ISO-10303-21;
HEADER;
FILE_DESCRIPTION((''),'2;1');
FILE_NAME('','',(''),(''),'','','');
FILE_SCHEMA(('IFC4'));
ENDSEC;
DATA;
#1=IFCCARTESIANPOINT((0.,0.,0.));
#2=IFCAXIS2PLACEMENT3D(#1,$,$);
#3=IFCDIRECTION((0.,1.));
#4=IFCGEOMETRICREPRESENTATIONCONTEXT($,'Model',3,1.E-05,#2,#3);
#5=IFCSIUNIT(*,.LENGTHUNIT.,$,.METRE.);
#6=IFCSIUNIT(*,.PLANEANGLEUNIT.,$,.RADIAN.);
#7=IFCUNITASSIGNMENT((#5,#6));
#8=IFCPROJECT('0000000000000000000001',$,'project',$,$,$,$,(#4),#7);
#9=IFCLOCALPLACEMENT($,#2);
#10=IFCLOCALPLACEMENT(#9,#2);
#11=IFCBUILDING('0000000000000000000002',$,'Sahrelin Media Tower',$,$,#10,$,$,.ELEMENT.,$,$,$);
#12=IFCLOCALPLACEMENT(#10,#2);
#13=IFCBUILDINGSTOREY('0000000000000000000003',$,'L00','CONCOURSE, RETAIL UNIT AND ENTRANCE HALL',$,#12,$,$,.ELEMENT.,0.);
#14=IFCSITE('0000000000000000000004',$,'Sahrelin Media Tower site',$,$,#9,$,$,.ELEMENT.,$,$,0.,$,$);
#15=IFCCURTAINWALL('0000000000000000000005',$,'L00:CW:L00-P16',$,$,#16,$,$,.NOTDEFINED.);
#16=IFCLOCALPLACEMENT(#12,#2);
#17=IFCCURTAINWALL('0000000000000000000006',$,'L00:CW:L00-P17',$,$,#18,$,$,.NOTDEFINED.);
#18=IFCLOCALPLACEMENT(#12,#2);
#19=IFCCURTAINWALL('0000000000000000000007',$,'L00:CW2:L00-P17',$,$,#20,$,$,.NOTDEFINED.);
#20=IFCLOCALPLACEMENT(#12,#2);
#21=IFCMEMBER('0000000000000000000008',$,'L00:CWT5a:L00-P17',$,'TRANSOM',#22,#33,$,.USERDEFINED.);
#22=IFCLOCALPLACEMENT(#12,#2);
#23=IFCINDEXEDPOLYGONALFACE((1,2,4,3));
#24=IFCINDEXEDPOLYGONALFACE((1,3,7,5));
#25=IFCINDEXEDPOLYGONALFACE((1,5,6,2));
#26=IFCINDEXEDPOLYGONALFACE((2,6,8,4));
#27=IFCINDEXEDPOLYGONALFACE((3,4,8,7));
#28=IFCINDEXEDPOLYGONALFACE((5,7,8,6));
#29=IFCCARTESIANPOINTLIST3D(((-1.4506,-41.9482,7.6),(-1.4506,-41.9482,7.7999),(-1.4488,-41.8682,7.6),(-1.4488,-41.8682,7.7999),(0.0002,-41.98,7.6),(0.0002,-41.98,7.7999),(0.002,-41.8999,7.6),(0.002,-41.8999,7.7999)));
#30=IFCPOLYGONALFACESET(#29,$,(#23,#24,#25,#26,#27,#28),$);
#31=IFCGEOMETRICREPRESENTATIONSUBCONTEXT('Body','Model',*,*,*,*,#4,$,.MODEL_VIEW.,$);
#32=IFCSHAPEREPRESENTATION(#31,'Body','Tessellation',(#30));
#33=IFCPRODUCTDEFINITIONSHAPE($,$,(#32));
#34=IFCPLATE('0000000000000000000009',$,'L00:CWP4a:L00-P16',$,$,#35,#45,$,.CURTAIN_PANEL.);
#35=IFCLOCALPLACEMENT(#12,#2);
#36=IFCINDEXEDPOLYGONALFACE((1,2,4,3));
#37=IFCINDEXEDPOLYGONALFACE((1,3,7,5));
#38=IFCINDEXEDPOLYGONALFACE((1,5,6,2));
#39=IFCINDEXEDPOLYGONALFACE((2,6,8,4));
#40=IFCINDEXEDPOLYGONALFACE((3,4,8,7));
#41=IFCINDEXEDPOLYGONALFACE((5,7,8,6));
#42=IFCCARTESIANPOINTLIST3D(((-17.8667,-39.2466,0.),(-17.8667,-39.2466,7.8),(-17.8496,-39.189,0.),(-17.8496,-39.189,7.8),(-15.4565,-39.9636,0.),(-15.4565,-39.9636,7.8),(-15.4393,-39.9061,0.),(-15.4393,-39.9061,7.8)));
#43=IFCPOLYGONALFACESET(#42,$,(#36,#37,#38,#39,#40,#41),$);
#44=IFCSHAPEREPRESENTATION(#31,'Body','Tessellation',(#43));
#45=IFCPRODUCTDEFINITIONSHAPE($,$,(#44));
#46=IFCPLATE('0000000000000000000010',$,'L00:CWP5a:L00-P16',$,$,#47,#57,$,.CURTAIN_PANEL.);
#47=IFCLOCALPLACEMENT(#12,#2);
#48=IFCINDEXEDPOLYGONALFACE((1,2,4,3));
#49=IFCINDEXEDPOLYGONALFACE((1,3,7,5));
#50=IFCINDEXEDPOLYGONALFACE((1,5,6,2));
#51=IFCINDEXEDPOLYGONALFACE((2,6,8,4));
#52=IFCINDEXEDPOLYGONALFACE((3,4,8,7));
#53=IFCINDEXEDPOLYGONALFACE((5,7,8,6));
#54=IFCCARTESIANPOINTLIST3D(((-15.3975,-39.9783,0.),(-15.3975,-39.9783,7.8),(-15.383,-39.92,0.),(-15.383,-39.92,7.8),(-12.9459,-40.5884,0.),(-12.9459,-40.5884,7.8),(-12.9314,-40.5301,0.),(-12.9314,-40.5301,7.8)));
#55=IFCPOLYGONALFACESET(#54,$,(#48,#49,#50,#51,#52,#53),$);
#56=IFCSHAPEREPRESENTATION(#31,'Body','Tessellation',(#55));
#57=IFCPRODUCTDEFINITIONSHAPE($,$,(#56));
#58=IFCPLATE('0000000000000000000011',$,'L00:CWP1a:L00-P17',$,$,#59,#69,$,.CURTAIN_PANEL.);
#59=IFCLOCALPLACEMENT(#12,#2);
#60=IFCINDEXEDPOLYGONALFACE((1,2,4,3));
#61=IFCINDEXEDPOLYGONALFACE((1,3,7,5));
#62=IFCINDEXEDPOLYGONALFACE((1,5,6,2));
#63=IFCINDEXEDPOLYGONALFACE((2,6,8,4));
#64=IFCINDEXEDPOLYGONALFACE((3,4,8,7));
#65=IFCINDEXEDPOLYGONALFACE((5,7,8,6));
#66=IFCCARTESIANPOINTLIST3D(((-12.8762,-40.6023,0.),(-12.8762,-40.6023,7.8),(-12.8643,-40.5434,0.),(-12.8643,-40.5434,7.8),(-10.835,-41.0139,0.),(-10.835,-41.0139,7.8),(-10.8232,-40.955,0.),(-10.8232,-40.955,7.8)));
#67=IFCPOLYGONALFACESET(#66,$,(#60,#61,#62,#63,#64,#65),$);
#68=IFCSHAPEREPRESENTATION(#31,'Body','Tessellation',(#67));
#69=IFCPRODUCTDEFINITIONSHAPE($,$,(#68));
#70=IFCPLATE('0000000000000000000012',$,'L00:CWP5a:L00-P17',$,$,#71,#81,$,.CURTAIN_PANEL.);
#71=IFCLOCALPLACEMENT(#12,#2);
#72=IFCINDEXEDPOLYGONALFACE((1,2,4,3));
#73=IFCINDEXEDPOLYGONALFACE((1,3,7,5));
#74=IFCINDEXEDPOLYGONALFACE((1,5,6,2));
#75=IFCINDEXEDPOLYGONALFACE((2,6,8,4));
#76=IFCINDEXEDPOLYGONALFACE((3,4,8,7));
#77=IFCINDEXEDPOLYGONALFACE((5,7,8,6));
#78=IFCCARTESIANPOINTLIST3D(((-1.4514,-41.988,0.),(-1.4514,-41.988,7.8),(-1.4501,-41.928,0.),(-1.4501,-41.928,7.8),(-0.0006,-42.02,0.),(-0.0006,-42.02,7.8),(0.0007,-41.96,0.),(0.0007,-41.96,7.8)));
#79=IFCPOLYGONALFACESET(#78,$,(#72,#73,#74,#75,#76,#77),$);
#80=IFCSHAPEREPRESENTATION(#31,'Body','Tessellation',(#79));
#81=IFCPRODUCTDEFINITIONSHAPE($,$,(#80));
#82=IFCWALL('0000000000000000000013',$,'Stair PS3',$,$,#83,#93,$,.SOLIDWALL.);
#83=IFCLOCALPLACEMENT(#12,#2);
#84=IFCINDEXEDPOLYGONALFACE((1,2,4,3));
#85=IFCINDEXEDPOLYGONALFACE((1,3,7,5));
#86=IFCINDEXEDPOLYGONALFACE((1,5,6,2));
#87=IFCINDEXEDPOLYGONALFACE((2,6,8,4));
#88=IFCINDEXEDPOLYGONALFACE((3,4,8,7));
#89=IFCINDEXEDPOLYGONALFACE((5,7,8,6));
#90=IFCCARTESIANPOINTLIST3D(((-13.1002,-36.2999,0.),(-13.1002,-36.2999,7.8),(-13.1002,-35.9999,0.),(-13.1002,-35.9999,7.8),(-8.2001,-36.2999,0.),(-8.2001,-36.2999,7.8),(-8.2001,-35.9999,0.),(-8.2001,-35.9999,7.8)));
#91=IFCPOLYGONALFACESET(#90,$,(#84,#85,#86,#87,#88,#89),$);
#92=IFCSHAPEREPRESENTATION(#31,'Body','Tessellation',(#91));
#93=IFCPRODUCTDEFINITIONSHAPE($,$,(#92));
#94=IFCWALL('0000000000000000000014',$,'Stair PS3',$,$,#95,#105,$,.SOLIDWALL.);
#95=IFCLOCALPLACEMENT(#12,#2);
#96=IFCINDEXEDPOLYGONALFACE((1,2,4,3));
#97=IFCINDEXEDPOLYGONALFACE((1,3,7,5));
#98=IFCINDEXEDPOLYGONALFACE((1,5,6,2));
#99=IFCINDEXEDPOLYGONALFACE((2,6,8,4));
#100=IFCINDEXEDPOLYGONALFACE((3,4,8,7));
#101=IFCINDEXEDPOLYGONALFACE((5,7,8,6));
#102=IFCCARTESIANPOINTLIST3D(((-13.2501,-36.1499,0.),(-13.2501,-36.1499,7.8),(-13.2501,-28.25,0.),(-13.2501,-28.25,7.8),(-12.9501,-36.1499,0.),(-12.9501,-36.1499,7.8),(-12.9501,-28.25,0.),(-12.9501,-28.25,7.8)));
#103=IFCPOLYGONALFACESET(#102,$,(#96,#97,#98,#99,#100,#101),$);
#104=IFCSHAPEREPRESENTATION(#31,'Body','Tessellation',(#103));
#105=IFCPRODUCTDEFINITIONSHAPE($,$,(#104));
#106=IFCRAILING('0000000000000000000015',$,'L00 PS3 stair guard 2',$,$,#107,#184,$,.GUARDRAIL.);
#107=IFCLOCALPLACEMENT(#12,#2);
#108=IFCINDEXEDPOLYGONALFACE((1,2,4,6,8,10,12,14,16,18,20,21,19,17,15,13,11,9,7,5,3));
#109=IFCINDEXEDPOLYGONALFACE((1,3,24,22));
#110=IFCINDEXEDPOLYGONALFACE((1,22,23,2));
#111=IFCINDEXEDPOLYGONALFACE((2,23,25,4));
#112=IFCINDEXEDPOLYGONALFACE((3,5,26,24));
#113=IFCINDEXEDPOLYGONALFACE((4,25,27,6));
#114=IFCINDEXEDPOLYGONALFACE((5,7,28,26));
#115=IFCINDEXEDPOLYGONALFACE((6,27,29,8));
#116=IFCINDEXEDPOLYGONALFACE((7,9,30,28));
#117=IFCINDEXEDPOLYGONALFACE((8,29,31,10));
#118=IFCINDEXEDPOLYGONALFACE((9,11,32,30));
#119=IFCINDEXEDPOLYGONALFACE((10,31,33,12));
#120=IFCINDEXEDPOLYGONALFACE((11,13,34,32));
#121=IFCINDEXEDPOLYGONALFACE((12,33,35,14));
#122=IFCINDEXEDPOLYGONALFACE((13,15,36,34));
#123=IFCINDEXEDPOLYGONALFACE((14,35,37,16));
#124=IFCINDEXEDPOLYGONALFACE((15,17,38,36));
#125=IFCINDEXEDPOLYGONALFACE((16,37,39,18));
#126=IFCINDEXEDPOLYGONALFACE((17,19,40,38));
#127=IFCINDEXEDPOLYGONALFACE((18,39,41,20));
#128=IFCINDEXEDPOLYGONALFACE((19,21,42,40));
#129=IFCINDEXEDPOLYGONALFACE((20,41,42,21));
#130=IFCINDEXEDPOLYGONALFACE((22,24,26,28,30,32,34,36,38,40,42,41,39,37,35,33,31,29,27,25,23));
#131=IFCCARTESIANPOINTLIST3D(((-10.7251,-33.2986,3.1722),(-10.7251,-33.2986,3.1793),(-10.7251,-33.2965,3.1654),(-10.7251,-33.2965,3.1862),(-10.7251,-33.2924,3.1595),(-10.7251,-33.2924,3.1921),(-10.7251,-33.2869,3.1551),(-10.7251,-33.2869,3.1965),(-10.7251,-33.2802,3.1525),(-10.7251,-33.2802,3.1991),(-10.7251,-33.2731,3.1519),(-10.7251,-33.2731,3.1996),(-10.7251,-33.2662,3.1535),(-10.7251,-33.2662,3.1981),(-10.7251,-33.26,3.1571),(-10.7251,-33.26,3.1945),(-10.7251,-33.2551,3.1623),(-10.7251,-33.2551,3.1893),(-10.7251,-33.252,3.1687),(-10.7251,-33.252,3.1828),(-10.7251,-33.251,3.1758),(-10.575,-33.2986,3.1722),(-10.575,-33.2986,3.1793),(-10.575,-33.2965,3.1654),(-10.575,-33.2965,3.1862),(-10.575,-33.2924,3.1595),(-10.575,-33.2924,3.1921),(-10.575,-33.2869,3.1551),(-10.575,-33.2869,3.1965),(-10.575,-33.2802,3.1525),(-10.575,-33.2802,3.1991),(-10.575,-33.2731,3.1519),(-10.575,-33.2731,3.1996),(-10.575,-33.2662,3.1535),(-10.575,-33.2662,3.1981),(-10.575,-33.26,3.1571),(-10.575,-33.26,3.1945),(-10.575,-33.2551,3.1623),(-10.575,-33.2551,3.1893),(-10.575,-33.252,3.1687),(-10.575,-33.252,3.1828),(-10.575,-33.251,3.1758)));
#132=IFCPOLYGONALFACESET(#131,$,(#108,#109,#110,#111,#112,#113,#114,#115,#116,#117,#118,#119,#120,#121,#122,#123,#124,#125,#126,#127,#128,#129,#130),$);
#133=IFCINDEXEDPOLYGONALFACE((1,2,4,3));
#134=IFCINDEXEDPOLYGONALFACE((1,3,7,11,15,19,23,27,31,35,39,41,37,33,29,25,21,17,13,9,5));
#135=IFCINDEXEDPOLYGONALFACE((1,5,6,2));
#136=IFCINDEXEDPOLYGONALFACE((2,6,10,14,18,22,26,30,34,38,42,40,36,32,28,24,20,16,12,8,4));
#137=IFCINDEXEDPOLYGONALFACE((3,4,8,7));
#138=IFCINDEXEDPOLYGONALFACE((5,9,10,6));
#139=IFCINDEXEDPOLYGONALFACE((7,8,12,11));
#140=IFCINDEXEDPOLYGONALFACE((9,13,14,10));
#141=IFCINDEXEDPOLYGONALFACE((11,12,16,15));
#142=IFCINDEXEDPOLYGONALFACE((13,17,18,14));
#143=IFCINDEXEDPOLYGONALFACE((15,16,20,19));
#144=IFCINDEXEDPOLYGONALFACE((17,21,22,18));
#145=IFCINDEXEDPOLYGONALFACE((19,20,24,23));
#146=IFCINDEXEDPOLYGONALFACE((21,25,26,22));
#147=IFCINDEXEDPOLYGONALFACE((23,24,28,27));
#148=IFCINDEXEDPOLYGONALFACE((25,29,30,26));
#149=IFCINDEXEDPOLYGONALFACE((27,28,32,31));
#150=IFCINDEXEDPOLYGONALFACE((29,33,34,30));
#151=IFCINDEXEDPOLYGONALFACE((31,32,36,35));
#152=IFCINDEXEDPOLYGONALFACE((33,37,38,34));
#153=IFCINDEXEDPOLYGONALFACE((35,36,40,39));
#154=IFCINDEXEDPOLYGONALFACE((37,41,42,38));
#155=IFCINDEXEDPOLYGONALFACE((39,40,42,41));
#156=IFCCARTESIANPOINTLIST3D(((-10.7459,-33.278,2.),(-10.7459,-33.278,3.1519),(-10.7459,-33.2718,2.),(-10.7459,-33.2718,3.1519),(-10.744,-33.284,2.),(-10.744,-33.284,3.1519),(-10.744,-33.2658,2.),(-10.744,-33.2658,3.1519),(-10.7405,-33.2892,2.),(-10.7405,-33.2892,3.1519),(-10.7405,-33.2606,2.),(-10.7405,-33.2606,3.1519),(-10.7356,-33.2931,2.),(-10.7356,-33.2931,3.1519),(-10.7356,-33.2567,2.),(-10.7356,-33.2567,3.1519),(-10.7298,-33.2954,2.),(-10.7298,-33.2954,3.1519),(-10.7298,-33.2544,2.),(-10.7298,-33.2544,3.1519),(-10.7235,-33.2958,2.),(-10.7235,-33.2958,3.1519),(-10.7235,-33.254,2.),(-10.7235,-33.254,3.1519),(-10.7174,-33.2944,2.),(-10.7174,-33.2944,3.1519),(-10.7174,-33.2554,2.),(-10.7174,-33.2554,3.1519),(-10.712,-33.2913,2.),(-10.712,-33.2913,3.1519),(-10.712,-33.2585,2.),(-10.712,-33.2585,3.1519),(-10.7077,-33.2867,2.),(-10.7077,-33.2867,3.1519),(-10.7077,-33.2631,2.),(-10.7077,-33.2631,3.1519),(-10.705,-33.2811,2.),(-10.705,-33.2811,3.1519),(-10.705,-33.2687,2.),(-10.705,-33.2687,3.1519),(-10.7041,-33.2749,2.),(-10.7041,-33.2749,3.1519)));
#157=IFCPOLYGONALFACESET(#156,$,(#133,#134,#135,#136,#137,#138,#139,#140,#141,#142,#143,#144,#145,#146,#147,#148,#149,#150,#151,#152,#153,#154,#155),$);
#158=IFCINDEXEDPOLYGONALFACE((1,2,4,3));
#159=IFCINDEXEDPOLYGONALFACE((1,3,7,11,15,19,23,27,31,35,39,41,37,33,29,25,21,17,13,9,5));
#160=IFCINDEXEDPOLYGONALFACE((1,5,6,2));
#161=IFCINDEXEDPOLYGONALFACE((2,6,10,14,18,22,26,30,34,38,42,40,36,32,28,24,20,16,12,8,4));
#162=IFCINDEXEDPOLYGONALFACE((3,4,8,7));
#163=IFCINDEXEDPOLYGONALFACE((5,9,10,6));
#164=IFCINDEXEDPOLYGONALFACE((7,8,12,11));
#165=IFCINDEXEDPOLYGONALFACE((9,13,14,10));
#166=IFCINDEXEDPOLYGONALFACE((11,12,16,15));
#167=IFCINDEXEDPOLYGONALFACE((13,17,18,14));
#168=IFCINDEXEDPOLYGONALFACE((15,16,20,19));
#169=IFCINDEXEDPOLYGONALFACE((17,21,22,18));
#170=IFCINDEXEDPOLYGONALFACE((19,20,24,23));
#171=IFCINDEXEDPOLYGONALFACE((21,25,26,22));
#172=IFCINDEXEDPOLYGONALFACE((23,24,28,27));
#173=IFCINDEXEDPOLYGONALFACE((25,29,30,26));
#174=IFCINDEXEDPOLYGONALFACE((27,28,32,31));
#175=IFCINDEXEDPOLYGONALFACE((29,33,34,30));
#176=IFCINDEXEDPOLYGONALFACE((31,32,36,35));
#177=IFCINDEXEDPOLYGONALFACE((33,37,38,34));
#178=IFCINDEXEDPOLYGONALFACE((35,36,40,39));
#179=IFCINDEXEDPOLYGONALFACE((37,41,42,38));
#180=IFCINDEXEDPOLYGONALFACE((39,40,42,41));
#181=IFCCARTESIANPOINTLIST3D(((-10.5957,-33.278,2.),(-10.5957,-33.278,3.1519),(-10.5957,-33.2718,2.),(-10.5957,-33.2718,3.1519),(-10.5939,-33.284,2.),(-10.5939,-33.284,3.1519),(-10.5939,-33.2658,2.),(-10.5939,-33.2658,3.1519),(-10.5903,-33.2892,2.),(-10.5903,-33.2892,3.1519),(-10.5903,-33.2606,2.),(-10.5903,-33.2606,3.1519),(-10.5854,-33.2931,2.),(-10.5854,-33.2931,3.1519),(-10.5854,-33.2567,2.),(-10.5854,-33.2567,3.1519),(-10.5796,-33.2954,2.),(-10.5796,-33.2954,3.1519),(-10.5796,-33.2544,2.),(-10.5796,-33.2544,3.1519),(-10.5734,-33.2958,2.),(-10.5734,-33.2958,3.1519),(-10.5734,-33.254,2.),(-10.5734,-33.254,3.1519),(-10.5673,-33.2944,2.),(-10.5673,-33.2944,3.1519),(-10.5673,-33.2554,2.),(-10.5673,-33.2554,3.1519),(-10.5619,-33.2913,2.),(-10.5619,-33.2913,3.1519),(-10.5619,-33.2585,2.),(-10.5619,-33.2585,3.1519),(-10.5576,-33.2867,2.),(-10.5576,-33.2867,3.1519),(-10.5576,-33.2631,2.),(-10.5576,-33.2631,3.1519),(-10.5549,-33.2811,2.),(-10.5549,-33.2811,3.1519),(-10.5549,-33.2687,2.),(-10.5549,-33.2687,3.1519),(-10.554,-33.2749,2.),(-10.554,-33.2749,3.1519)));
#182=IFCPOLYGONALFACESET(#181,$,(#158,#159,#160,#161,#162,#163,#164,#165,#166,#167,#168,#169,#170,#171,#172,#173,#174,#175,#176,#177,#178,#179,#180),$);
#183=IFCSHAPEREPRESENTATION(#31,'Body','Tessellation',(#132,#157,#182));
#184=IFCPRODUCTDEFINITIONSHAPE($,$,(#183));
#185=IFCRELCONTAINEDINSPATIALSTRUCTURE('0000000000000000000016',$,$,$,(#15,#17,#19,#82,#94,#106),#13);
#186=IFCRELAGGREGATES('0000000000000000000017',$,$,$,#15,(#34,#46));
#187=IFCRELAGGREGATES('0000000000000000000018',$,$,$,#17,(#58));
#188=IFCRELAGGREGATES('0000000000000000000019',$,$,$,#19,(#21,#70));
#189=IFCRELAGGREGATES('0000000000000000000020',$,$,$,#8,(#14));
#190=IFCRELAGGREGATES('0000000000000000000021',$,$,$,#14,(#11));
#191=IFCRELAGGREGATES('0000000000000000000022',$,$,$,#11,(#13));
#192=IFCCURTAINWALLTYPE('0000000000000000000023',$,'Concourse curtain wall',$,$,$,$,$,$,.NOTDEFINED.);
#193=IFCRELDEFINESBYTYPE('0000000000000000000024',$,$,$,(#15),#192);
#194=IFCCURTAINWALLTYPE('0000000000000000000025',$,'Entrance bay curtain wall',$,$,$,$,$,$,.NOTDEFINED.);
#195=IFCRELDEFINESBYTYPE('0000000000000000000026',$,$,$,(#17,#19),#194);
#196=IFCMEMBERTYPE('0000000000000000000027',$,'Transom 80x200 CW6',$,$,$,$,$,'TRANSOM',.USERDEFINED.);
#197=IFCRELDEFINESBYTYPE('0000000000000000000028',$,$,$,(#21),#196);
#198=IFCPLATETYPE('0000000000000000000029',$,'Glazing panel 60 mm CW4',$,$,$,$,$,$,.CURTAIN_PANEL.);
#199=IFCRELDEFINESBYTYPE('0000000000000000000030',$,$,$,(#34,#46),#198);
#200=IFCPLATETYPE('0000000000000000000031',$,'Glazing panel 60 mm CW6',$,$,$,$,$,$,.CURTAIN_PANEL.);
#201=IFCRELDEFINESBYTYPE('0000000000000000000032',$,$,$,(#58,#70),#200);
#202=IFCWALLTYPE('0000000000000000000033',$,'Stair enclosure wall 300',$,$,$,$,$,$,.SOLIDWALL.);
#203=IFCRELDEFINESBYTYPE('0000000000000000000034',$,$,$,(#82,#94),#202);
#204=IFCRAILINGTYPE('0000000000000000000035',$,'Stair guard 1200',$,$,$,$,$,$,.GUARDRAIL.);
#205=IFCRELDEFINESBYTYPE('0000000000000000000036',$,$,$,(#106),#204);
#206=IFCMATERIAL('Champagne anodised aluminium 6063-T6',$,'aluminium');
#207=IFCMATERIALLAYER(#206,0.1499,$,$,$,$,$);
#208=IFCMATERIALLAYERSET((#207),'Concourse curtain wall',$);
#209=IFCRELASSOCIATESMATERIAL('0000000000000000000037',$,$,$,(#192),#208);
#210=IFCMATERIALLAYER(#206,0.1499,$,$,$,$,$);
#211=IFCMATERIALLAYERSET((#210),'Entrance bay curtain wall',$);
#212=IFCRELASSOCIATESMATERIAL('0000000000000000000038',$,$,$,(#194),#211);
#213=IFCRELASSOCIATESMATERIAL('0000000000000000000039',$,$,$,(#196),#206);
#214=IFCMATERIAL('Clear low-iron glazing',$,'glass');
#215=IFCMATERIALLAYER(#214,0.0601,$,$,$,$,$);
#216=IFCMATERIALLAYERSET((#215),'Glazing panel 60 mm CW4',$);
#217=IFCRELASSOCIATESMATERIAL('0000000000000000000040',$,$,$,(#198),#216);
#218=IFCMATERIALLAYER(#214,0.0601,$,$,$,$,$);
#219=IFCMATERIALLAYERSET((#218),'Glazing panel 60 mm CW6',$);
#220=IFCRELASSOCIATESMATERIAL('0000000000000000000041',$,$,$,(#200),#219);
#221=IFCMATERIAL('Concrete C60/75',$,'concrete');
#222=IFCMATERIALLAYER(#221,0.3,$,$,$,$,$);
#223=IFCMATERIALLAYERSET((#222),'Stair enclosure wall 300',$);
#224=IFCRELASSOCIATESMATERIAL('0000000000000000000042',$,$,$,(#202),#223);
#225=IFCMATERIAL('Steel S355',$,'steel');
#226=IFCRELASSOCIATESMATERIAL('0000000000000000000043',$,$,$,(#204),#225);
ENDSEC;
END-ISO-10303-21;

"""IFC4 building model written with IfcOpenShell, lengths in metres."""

from ifc_helpers import new_model, si_unit, direction, frame, frame_2d, origin, origin_2d, place, context, subcontext, project, spatial, polyline, rectangle, circle, outline, extrude, material, layer, layer_set, material_profile, profile_set, type_object, element, aggregate, save


model = new_model("IFC4")

# Units and contexts
model_context = context("Model", 3, precision=1e-05, world=origin(), true_north=direction((0.0, 1.0)))
body_context = subcontext(model_context, "Body", "Model", "MODEL_VIEW")
ifc_project = project(units=[si_unit("LENGTHUNIT", "METRE"), si_unit("PLANEANGLEUNIT", "RADIAN")], contexts=[model_context])

# Site, building, storey
site_placement = place(None, origin())
site = spatial("IfcSite", under=ifc_project, at=site_placement, Name="Sahrelin Media Tower site", CompositionType="ELEMENT", RefElevation=0.0)
building_placement = place(site_placement, origin())
building = spatial("IfcBuilding", under=site, at=building_placement, Name="Sahrelin Media Tower", CompositionType="ELEMENT")
storey_placement = place(building_placement, origin())
storey = spatial("IfcBuildingStorey", under=building, at=storey_placement, Name="L00", Description="CONCOURSE, RETAIL UNIT AND ENTRANCE HALL", CompositionType="ELEMENT", Elevation=0.0)

# Curtain wall
ifc_material_1 = material(Name="Champagne anodised aluminium 6063-T6", Category="aluminium")
ifc_layer_1 = layer(ifc_material_1, 0.1499)
ifc_layer_set_1 = layer_set([ifc_layer_1], Name="Concourse curtain wall")
curtain_wall_type_1 = type_object("IfcCurtainWallType", Name="Concourse curtain wall", PredefinedType="NOTDEFINED", material=ifc_layer_set_1)
curtain_wall_1_placement = place(storey_placement, frame((-25.0, -36.373, 0.0), z_axis=(0.0, 0.0, 1.0), x_axis=(1.0, 0.0, 0.0)))
curtain_wall_1 = element("IfcCurtainWall", 1, at=curtain_wall_1_placement, inside=storey, type_object=curtain_wall_type_1, Name="L00:CW:L00-P16", PredefinedType="NOTDEFINED")

# Curtain wall
ifc_layer_2 = layer(ifc_material_1, 0.1499)
ifc_layer_set_2 = layer_set([ifc_layer_2], Name="Entrance bay curtain wall")
curtain_wall_type_2 = type_object("IfcCurtainWallType", Name="Entrance bay curtain wall", PredefinedType="NOTDEFINED", material=ifc_layer_set_2)
curtain_wall_2_placement = place(storey_placement, frame((-12.9409, -40.5688, 0.0), z_axis=(0.0, 0.0, 1.0), x_axis=(1.0, 0.0, 0.0)))
curtain_wall_2 = element("IfcCurtainWall", 2, at=curtain_wall_2_placement, inside=storey, type_object=curtain_wall_type_2, Name="L00:CW:L00-P17", PredefinedType="NOTDEFINED")

# Shared definitions
ifc_material_2 = material(Name="Steel S355", Category="steel")

# Shared definitions
ifc_material_profile_1 = material_profile(ifc_material_1, rectangle(XDim=0.0801, YDim=0.2, at=origin_2d()), Name="Transom 80x200")
ifc_profile_set_1 = profile_set([ifc_material_profile_1], Name="Champagne anodised aluminium 6063-T6")
member_type_1 = type_object("IfcMemberType", Name="Transom 80x200 CW6", ElementType="TRANSOM", PredefinedType="USERDEFINED", material=ifc_profile_set_1)

# Curtain wall, member
curtain_wall_3_placement = place(storey_placement, frame((-1.4509, -41.968, 0.0), z_axis=(0.0, 0.0, 1.0), x_axis=(1.0, 0.0, 0.0)))
curtain_wall_3 = element("IfcCurtainWall", 3, at=curtain_wall_3_placement, inside=storey, type_object=curtain_wall_type_2, Name="L00:CW2:L00-P17", PredefinedType="NOTDEFINED")
member_1_placement = place(storey_placement, frame((-1.4497, -41.9082, 7.7), z_axis=(0.999761, -0.021869, 0.0), x_axis=(0.021869, 0.999761, 0.0)))
member_1 = element("IfcMember", 4, at=member_1_placement, type_object=member_type_1, Name="L00:CWT5a:L00-P17", ObjectType="TRANSOM", PredefinedType="USERDEFINED", context=body_context, shape_type="SweptSolid", body=[
    extrude(rectangle(XDim=0.0801, YDim=0.2, at=origin_2d()), origin(), (0.0, 0.0, 1.0), 1.4512),
])

# Plates
ifc_material_3 = material(Name="Clear low-iron glazing", Category="glass")
ifc_layer_3 = layer(ifc_material_3, 0.0601)
ifc_layer_set_3 = layer_set([ifc_layer_3], Name="Glazing panel 60 mm CW4")
plate_type_1 = type_object("IfcPlateType", Name="Glazing panel 60 mm CW4", PredefinedType="CURTAIN_PANEL", material=ifc_layer_set_3)
plate_1_placement = place(storey_placement, frame((-17.8667, -39.2466, 0.0), z_axis=(-0.285156, -0.958481, 0.0), x_axis=(0.958481, -0.285156, 0.0)))
plate_1 = element("IfcPlate", 5, at=plate_1_placement, type_object=plate_type_1, Name="L00:CWP4a:L00-P16", PredefinedType="CURTAIN_PANEL", context=body_context, shape_type="SweptSolid", body=[
    extrude(outline(polyline([(0.0, 0.0), (2.5146, 0.0), (2.5146, 7.8), (0.0, 7.8), (0.0, 0.0)])), origin(), (0.0, 0.0, -1.0), 0.0601),
])
plate_2_placement = place(storey_placement, frame((-15.3975, -39.9783, 0.0), z_axis=(-0.24149, -0.970403, 0.0), x_axis=(0.970403, -0.24149, 0.0)))
plate_2 = element("IfcPlate", 6, at=plate_2_placement, type_object=plate_type_1, Name="L00:CWP5a:L00-P16", PredefinedType="CURTAIN_PANEL", context=body_context, shape_type="SweptSolid", body=[
    extrude(outline(polyline([(0.0, 0.0), (2.5264, 0.0), (2.5264, 7.8), (0.0, 7.8), (0.0, 0.0)])), origin(), (0.0, 0.0, -1.0), 0.0601),
])
aggregate(curtain_wall_1, [plate_1, plate_2])
ifc_layer_4 = layer(ifc_material_3, 0.0601)
ifc_layer_set_4 = layer_set([ifc_layer_4], Name="Glazing panel 60 mm CW6")
plate_type_2 = type_object("IfcPlateType", Name="Glazing panel 60 mm CW6", PredefinedType="CURTAIN_PANEL", material=ifc_layer_set_4)
plate_3_placement = place(storey_placement, frame((-12.8762, -40.6023, 0.0), z_axis=(-0.197672, -0.980268, 0.0), x_axis=(0.980268, -0.197672, 0.0)))
plate_3 = element("IfcPlate", 7, at=plate_3_placement, type_object=plate_type_2, Name="L00:CWP1a:L00-P17", PredefinedType="CURTAIN_PANEL", context=body_context, shape_type="SweptSolid", body=[
    extrude(outline(polyline([(0.0, 0.0), (2.0823, 0.0), (2.0823, 7.8), (0.0, 7.8), (0.0, 0.0)])), origin(), (0.0, 0.0, -1.0), 0.0601),
])
aggregate(curtain_wall_2, [plate_3])
plate_4_placement = place(storey_placement, frame((-1.4514, -41.988, 0.0), z_axis=(-0.022037, -0.999757, 0.0), x_axis=(0.999757, -0.022037, 0.0)))
plate_4 = element("IfcPlate", 8, at=plate_4_placement, type_object=plate_type_2, Name="L00:CWP5a:L00-P17", PredefinedType="CURTAIN_PANEL", context=body_context, shape_type="SweptSolid", body=[
    extrude(outline(polyline([(0.0, 0.0), (1.4512, 0.0), (1.4512, 7.8), (0.0, 7.8), (0.0, 0.0)])), origin(), (0.0, 0.0, -1.0), 0.0601),
])
aggregate(curtain_wall_3, [member_1, plate_4])

# Walls
ifc_material_4 = material(Name="Concrete C60/75", Category="concrete")
ifc_layer_5 = layer(ifc_material_4, 0.3)
ifc_layer_set_5 = layer_set([ifc_layer_5], Name="Stair enclosure wall 300")
wall_type_1 = type_object("IfcWallType", Name="Stair enclosure wall 300", PredefinedType="SOLIDWALL", material=ifc_layer_set_5)
wall_1_placement = place(storey_placement, frame((-8.2, -36.1499, 0.0), z_axis=(0.0, 0.0, 1.0), x_axis=(-1.0, 0.0, 0.0)))
element("IfcWall", 9, at=wall_1_placement, inside=storey, type_object=wall_type_1, Name="Stair PS3", PredefinedType="SOLIDWALL", context=body_context, shape_type="SweptSolid", body=[
    extrude(rectangle(XDim=4.9001, YDim=0.3, at=frame_2d((2.4502, 0.0))), origin(), (0.0, 0.0, 1.0), 7.8),
])
wall_2_placement = place(storey_placement, frame((-13.1001, -36.1499, 0.0), z_axis=(0.0, 0.0, 1.0), x_axis=(0.0, 1.0, 0.0)))
element("IfcWall", 10, at=wall_2_placement, inside=storey, type_object=wall_type_1, Name="Stair PS3", PredefinedType="SOLIDWALL", context=body_context, shape_type="SweptSolid", body=[
    extrude(rectangle(XDim=7.8999, YDim=0.3, at=frame_2d((3.95, 0.0))), origin(), (0.0, 0.0, 1.0), 7.8),
])

# Railing
railing_type = type_object("IfcRailingType", Name="Stair guard 1200", PredefinedType="GUARDRAIL", material=ifc_material_2)
railing_1_placement = place(storey_placement, frame((-10.7251, -33.2749, 2.0)))
element("IfcRailing", 11, at=railing_1_placement, inside=storey, type_object=railing_type, Name="L00 PS3 stair guard 2", PredefinedType="GUARDRAIL", context=body_context, shape_type="SweptSolid", body=[
    extrude(circle(Radius=0.0239, at=origin_2d()), frame((0.0, 0.0, 1.1758), z_axis=(1.0, 0.0, 0.0), x_axis=(0.0, 1.0, 0.0)), (0.0, 0.0, 1.0), 0.1501),
    extrude(circle(Radius=0.021, at=origin_2d()), origin(), (0.0, 0.0, 1.0), 1.1519),
    extrude(circle(Radius=0.021, at=origin_2d()), frame((0.1501, 0.0, 0.0)), (0.0, 0.0, 1.0), 1.1519),
])

save(model, "model.ifc")
